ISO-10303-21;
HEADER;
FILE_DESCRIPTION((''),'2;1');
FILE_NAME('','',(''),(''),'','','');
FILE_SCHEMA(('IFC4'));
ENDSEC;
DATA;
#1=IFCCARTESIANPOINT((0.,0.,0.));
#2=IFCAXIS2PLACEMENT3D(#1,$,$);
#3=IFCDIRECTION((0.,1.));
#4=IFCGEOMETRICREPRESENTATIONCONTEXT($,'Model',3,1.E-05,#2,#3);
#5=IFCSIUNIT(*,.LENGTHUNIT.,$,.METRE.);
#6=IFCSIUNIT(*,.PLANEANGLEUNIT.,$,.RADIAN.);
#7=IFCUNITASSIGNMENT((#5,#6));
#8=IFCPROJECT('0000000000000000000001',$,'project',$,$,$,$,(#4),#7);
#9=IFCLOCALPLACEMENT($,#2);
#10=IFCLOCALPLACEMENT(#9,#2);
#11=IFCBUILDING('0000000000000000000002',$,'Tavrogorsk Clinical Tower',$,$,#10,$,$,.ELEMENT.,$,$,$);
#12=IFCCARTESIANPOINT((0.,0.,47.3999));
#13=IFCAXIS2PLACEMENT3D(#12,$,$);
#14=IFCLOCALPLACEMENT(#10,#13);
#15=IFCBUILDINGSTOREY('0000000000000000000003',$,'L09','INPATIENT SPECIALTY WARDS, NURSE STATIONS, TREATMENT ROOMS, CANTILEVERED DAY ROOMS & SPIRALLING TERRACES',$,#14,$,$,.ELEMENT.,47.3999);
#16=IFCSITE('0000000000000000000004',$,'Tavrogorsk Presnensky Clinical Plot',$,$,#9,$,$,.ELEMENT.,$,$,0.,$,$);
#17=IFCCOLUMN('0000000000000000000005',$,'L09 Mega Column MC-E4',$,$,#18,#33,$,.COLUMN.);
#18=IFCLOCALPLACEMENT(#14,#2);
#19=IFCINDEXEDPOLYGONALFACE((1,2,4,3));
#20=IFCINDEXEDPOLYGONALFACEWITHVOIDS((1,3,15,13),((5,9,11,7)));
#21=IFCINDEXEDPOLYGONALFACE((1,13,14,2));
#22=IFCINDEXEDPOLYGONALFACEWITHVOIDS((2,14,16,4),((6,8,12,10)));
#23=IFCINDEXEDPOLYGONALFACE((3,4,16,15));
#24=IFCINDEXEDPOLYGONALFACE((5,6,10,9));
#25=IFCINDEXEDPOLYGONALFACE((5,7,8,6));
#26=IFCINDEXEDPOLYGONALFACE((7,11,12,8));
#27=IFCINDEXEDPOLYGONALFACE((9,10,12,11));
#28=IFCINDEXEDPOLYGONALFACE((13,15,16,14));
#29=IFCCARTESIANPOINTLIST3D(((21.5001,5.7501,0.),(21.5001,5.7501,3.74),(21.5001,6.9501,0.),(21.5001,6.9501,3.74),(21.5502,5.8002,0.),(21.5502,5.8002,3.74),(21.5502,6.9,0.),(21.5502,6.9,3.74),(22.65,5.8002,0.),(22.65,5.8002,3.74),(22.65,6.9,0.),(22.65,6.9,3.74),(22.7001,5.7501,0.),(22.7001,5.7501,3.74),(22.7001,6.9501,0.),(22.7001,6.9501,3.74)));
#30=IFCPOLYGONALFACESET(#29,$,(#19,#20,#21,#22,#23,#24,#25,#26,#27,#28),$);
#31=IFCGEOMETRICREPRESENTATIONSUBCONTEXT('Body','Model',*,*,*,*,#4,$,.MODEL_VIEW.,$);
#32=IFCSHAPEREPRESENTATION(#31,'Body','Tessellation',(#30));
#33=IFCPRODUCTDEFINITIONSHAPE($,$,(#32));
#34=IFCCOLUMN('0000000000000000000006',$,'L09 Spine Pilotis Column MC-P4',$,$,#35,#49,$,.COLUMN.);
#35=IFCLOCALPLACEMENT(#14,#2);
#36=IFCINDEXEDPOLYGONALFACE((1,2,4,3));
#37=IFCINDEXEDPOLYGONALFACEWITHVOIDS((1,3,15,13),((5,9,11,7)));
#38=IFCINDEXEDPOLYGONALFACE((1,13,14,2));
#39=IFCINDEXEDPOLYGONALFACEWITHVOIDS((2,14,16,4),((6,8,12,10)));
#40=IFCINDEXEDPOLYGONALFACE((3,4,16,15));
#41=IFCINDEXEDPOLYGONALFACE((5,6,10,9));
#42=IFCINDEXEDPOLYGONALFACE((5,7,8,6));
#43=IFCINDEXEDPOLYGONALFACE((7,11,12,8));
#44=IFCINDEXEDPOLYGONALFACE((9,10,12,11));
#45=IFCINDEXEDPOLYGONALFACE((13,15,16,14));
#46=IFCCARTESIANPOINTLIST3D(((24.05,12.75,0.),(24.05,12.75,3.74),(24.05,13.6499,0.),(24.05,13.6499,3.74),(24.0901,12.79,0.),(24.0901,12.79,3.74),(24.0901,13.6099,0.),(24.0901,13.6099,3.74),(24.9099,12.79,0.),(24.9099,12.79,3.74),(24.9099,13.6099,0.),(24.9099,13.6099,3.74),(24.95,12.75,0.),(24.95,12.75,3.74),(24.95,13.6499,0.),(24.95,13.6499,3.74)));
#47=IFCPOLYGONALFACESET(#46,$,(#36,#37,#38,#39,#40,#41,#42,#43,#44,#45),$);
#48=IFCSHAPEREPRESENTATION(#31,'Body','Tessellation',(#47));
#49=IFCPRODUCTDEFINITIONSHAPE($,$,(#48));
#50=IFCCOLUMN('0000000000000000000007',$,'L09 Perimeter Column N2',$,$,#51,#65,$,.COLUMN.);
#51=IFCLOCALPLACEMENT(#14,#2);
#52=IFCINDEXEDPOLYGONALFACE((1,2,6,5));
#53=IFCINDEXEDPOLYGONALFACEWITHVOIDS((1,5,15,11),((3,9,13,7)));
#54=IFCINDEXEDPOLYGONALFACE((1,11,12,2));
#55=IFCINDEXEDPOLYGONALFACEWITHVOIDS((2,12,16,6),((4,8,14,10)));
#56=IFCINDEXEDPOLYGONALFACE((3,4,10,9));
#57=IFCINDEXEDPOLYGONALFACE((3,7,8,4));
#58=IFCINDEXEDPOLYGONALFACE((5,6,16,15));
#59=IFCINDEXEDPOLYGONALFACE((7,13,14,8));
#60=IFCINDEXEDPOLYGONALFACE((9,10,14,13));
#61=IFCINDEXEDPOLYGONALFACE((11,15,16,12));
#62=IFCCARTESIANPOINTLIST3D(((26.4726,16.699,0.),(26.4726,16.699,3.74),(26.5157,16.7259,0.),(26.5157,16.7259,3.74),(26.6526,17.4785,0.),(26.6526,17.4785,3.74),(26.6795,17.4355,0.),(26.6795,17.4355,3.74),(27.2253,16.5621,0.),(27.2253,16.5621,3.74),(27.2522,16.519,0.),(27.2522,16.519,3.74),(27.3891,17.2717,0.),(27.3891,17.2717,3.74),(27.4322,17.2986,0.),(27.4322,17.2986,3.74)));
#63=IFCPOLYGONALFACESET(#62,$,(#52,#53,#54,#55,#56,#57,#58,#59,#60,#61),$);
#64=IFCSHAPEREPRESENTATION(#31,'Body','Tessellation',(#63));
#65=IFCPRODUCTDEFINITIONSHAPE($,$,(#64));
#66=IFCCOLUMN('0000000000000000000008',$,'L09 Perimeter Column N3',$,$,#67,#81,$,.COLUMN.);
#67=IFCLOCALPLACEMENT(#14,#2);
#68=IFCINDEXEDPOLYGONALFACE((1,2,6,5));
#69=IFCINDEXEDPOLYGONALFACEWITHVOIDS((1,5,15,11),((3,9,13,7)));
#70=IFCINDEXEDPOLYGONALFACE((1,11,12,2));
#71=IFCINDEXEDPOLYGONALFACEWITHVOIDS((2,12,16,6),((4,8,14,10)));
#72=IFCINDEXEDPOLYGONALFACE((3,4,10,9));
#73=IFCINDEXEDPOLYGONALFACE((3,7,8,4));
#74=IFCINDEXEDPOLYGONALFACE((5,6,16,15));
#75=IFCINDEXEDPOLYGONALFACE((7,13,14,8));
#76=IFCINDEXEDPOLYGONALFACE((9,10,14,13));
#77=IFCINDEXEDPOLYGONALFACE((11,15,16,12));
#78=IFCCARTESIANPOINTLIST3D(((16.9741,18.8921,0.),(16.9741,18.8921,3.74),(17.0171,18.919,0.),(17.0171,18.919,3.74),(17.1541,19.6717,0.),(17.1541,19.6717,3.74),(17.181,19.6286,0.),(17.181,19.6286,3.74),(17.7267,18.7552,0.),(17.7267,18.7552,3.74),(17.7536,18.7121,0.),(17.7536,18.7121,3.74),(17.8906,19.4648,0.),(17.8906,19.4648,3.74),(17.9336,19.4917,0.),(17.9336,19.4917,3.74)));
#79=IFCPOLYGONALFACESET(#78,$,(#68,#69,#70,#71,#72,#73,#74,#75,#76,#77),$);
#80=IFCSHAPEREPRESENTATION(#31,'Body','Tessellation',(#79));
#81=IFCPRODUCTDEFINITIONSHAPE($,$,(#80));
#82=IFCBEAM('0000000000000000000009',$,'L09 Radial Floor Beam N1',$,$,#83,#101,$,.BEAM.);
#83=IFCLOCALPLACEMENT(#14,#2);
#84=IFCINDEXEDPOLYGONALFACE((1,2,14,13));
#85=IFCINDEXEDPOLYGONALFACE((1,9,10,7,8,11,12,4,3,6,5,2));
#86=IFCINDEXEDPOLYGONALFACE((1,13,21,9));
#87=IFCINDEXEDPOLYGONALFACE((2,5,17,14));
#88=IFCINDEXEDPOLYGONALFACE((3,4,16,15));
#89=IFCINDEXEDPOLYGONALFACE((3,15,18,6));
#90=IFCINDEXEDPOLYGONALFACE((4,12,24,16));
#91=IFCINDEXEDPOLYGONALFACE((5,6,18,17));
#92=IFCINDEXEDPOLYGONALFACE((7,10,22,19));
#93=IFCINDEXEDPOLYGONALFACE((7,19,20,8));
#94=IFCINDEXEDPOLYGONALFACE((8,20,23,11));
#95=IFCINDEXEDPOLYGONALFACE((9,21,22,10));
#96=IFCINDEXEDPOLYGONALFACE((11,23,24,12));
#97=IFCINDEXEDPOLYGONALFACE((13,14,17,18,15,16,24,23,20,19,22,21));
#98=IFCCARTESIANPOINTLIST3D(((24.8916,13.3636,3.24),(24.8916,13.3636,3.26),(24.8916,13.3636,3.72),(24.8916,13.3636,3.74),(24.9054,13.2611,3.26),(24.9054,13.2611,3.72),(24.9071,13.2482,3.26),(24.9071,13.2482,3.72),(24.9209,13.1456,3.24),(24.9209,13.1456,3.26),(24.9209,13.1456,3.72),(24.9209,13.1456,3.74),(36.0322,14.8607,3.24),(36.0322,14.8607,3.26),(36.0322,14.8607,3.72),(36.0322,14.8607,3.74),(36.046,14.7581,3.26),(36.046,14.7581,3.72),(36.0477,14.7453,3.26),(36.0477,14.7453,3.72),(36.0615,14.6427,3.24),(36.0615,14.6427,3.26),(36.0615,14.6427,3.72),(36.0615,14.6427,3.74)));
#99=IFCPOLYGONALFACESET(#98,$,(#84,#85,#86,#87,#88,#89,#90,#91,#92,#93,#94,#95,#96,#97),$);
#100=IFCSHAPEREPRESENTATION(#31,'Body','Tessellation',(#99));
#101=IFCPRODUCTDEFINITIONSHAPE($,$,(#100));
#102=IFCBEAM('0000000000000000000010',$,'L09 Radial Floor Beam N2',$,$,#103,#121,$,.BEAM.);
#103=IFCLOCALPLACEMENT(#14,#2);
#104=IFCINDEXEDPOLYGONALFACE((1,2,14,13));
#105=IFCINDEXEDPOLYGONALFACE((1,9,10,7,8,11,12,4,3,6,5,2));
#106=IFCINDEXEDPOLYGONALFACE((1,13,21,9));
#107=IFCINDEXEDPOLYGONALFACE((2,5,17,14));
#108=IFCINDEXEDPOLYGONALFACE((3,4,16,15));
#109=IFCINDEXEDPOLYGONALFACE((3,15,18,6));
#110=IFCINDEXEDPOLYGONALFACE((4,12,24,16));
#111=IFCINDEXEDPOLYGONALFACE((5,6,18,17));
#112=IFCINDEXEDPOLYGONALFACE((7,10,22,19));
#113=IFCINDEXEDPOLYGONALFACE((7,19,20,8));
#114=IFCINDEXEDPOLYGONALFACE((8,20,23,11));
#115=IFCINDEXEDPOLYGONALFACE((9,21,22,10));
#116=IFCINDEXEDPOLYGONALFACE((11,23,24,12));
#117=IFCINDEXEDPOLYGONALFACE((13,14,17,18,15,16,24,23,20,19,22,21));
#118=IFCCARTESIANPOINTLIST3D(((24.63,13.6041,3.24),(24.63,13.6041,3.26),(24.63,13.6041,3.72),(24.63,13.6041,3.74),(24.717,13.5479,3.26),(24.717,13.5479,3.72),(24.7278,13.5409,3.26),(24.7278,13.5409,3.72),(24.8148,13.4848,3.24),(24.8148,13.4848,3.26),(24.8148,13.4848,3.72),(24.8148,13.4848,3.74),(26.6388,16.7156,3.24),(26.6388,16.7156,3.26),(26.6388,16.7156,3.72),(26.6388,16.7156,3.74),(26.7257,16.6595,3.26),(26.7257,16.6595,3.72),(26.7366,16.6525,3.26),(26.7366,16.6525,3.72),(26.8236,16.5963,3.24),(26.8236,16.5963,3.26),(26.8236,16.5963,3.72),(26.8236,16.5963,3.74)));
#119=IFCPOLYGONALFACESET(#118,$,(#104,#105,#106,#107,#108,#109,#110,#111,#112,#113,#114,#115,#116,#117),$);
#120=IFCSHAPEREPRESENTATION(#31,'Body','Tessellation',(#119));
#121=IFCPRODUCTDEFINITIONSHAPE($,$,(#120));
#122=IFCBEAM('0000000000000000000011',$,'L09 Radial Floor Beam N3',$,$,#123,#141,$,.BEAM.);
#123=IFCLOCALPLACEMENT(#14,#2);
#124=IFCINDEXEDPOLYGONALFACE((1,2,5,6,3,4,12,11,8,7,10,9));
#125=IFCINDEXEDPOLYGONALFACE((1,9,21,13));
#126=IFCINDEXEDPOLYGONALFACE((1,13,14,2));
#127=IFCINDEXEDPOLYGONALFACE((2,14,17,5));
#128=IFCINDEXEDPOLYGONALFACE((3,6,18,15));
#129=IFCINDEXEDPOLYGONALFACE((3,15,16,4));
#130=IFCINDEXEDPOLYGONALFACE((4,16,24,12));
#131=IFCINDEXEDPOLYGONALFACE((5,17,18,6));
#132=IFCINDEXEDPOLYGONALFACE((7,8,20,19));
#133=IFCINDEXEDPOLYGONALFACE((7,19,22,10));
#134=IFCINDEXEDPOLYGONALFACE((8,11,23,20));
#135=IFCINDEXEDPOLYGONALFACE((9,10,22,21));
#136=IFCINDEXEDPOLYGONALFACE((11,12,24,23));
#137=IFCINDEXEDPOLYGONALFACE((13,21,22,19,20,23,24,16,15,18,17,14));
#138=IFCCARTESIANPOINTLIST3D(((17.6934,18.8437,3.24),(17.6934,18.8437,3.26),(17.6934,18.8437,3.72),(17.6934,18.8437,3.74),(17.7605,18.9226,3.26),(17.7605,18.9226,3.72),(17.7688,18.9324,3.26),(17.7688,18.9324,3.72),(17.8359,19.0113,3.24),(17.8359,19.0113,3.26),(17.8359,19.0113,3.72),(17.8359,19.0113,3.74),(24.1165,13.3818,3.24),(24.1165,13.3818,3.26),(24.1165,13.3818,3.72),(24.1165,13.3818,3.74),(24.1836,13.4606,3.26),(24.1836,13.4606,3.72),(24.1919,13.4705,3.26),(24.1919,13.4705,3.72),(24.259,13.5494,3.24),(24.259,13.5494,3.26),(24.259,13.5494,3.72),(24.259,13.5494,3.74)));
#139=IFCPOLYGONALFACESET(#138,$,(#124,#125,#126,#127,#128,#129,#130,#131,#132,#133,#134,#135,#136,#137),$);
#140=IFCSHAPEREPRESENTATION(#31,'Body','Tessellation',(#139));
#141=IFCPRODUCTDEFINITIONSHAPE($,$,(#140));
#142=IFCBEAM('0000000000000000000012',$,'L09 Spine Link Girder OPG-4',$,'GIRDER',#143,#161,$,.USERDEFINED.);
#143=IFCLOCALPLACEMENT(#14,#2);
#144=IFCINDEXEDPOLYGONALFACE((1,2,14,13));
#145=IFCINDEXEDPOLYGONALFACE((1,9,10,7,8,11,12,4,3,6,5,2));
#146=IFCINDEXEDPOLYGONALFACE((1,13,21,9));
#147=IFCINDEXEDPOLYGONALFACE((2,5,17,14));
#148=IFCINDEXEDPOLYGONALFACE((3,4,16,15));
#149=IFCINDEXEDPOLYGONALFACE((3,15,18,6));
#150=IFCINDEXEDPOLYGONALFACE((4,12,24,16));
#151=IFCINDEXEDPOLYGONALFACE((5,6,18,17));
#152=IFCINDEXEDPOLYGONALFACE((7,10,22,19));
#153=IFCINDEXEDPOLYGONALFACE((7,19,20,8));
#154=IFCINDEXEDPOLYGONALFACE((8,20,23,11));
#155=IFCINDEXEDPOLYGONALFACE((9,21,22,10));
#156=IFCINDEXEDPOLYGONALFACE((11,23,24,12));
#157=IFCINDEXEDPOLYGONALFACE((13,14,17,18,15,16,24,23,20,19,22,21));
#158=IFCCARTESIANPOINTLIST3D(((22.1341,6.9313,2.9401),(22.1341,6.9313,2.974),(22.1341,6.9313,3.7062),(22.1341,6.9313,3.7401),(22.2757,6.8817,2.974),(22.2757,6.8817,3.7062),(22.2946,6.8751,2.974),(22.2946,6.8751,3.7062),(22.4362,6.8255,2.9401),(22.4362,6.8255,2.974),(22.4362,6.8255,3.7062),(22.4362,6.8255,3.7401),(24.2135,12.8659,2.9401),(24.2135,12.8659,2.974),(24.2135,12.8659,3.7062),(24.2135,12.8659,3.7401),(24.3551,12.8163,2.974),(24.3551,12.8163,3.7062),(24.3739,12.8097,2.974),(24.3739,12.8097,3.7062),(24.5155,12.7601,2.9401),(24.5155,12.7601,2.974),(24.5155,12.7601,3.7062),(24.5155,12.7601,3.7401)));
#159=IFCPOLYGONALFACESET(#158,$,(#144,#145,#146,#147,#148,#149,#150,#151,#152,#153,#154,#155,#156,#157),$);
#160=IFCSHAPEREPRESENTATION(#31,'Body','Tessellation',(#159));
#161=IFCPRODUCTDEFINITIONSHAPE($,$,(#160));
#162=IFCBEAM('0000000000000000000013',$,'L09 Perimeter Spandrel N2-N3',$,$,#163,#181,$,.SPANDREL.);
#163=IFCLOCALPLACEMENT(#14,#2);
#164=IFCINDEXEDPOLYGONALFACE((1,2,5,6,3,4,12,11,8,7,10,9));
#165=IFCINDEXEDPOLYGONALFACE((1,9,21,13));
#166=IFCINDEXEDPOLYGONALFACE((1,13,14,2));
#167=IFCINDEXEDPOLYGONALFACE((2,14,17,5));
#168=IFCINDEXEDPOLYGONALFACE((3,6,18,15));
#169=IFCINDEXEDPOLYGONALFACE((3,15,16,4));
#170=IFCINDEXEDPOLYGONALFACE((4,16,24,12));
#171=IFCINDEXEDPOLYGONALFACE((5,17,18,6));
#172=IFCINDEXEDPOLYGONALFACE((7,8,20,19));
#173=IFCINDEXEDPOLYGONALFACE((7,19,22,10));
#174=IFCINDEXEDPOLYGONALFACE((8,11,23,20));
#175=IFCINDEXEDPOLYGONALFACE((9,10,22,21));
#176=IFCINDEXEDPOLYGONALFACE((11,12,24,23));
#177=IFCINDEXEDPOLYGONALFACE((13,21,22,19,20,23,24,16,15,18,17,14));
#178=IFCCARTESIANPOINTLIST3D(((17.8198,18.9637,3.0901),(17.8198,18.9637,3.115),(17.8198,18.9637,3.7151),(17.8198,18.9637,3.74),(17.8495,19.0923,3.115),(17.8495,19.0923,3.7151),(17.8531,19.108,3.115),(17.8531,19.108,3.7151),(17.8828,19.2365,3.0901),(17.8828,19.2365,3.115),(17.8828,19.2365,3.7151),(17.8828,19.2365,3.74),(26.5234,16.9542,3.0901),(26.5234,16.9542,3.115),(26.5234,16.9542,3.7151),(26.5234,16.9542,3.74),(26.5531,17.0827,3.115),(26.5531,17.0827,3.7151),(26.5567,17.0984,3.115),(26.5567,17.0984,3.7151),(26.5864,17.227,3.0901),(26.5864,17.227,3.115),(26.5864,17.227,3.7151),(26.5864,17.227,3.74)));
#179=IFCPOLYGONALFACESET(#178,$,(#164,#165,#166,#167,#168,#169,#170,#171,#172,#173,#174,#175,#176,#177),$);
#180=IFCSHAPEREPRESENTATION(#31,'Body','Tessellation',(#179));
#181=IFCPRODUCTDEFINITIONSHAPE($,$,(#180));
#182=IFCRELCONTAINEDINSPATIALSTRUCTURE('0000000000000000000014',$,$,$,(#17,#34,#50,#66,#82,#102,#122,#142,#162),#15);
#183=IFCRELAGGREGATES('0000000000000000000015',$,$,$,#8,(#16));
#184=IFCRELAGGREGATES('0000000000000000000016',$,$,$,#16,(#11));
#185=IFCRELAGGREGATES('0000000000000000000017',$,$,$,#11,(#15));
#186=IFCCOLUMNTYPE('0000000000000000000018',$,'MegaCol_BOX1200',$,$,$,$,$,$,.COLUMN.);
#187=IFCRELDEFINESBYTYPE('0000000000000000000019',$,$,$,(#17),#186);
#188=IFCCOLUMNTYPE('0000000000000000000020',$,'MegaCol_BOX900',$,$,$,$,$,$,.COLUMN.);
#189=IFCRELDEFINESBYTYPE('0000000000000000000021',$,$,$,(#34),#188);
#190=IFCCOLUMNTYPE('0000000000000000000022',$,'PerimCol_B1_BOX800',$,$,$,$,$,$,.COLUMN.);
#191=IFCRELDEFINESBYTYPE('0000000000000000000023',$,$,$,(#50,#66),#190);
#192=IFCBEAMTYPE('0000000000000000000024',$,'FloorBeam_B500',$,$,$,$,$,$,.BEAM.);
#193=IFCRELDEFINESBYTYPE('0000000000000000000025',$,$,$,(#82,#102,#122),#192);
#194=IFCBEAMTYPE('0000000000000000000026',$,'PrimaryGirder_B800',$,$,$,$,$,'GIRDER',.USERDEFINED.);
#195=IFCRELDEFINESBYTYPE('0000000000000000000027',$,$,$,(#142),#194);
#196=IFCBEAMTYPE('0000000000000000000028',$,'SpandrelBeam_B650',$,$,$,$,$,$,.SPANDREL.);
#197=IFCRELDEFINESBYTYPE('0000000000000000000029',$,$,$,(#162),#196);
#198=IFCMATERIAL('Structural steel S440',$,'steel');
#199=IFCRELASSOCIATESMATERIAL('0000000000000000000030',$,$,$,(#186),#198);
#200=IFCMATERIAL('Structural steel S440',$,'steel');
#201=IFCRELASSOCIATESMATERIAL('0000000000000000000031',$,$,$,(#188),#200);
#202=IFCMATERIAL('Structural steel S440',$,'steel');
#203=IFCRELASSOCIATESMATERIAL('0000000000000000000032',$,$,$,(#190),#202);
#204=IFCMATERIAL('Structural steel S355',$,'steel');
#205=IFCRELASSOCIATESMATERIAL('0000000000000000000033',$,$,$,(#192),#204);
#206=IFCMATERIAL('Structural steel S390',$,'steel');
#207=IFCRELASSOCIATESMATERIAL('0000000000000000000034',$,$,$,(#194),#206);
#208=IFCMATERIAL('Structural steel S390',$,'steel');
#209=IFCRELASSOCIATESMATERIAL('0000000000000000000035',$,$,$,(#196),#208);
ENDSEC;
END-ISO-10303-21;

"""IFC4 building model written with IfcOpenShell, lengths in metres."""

from ifc_helpers import new_model, si_unit, direction, frame, origin, origin_2d, place, context, subcontext, project, spatial, hollow_rectangle, i_section, extrude, material, material_profile, profile_set, type_object, element, save


model = new_model("IFC4")

# Units and contexts
model_context = context("Model", 3, precision=1e-05, world=origin(), true_north=direction((0.0, 1.0)))
body_context = subcontext(model_context, "Body", "Model", "MODEL_VIEW")
ifc_project = project(units=[si_unit("LENGTHUNIT", "METRE"), si_unit("PLANEANGLEUNIT", "RADIAN")], contexts=[model_context])

# Site, building, storey
site_placement = place(None, origin())
site = spatial("IfcSite", under=ifc_project, at=site_placement, Name="Tavrogorsk Presnensky Clinical Plot", CompositionType="ELEMENT", RefElevation=0.0)
building_placement = place(site_placement, origin())
building = spatial("IfcBuilding", under=site, at=building_placement, Name="Tavrogorsk Clinical Tower", CompositionType="ELEMENT")
storey_placement = place(building_placement, frame((0.0, 0.0, 47.3999)))
storey = spatial("IfcBuildingStorey", under=building, at=storey_placement, Name="L09", Description="INPATIENT SPECIALTY WARDS, NURSE STATIONS, TREATMENT ROOMS, CANTILEVERED DAY ROOMS & SPIRALLING TERRACES", CompositionType="ELEMENT", Elevation=47.3999)

# Columns
ifc_material_1 = material(Name="Structural steel S440", Category="steel")
ifc_material_profile_1 = material_profile(ifc_material_1, hollow_rectangle(XDim=1.2, YDim=1.2, WallThickness=0.05, at=origin_2d()), Name="BOX-1200x1200x50")
ifc_profile_set_1 = profile_set([ifc_material_profile_1], Name="Structural steel S440")
column_type_1 = type_object("IfcColumnType", Name="MegaCol_BOX1200", PredefinedType="COLUMN", material=ifc_profile_set_1)
column_1_placement = place(storey_placement, frame((22.1001, 6.3501, 0.0), z_axis=(0.0, 0.0, 1.0), x_axis=(1.0, 0.0, 0.0)))
element("IfcColumn", 1, at=column_1_placement, inside=storey, type_object=column_type_1, Name="L09 Mega Column MC-E4", PredefinedType="COLUMN", context=body_context, shape_type="SweptSolid", body=[
    extrude(hollow_rectangle(XDim=1.2, YDim=1.2, WallThickness=0.05, at=origin_2d()), origin(), (0.0, 0.0, 1.0), 3.74),
])
ifc_material_2 = material(Name="Structural steel S440", Category="steel")
ifc_material_profile_2 = material_profile(ifc_material_2, hollow_rectangle(XDim=0.8999, YDim=0.8999, WallThickness=0.04, at=origin_2d()), Name="BOX-900x900x40")
ifc_profile_set_2 = profile_set([ifc_material_profile_2], Name="Structural steel S440")
column_type_2 = type_object("IfcColumnType", Name="MegaCol_BOX900", PredefinedType="COLUMN", material=ifc_profile_set_2)
column_2_placement = place(storey_placement, frame((24.5, 13.2, 0.0), z_axis=(0.0, 0.0, 1.0), x_axis=(1.0, 0.0, 0.0)))
element("IfcColumn", 2, at=column_2_placement, inside=storey, type_object=column_type_2, Name="L09 Spine Pilotis Column MC-P4", PredefinedType="COLUMN", context=body_context, shape_type="SweptSolid", body=[
    extrude(hollow_rectangle(XDim=0.8999, YDim=0.8999, WallThickness=0.04, at=origin_2d()), origin(), (0.0, 0.0, 1.0), 3.74),
])
ifc_material_3 = material(Name="Structural steel S440", Category="steel")
ifc_material_profile_3 = material_profile(ifc_material_3, hollow_rectangle(XDim=0.8, YDim=0.8, WallThickness=0.0359, at=origin_2d()), Name="BOX-800x800x36")
ifc_profile_set_3 = profile_set([ifc_material_profile_3], Name="Structural steel S440")
column_type_3 = type_object("IfcColumnType", Name="PerimCol_B1_BOX800", PredefinedType="COLUMN", material=ifc_profile_set_3)
for number, where, z_axis, x_axis, name in (
    (3, (26.9524, 16.9988, 0.0), (0.0, 0.0, 1.0), (0.97437, -0.224951, 0.0), "L09 Perimeter Column N2"),
    (4, (17.4539, 19.1919, 0.0), (0.0, 0.0, 1.0), (0.97437, -0.224951, 0.0), "L09 Perimeter Column N3"),
):
    element("IfcColumn", number, at=place(storey_placement, frame(where, z_axis=z_axis, x_axis=x_axis)), inside=storey, type_object=column_type_3, Name=name, PredefinedType="COLUMN", context=body_context, shape_type="SweptSolid", body=[
        extrude(hollow_rectangle(XDim=0.8, YDim=0.8, WallThickness=0.0359, at=origin_2d()), origin(), (0.0, 0.0, 1.0), 3.74),
    ])

# Beams
ifc_material_4 = material(Name="Structural steel S355", Category="steel")
ifc_material_profile_4 = material_profile(ifc_material_4, i_section(OverallWidth=0.22, OverallDepth=0.5, WebThickness=0.0129, FlangeThickness=0.02, at=origin_2d()), Name="B-500x220x13x20")
ifc_profile_set_4 = profile_set([ifc_material_profile_4], Name="Structural steel S355")
beam_type_1 = type_object("IfcBeamType", Name="FloorBeam_B500", PredefinedType="BEAM", material=ifc_profile_set_4)
beam_1_placement = place(storey_placement, frame((24.9062, 13.2546, 3.49), z_axis=(0.991092, 0.133182, 0.0), x_axis=(-0.133182, 0.991092, 0.0)))
element("IfcBeam", 5, at=beam_1_placement, inside=storey, type_object=beam_type_1, Name="L09 Radial Floor Beam N1", PredefinedType="BEAM", context=body_context, shape_type="SweptSolid", body=[
    extrude(i_section(OverallWidth=0.22, OverallDepth=0.5, WebThickness=0.0129, FlangeThickness=0.02, at=origin_2d()), origin(), (0.0, 0.0, 1.0), 11.2407),
])
beam_2_placement = place(storey_placement, frame((24.7224, 13.5444, 3.49), z_axis=(0.542379, 0.840134, 0.0), x_axis=(-0.840134, 0.542379, 0.0)))
element("IfcBeam", 6, at=beam_2_placement, inside=storey, type_object=beam_type_1, Name="L09 Radial Floor Beam N2", PredefinedType="BEAM", context=body_context, shape_type="SweptSolid", body=[
    extrude(i_section(OverallWidth=0.22, OverallDepth=0.5, WebThickness=0.0129, FlangeThickness=0.02, at=origin_2d()), origin(), (0.0, 0.0, 1.0), 3.7036),
])
beam_3_placement = place(storey_placement, frame((24.1877, 13.4656, 3.49), z_axis=(-0.761806, 0.647806, 0.0), x_axis=(-0.647806, -0.761806, 0.0)))
element("IfcBeam", 7, at=beam_3_placement, inside=storey, type_object=beam_type_1, Name="L09 Radial Floor Beam N3", PredefinedType="BEAM", context=body_context, shape_type="SweptSolid", body=[
    extrude(i_section(OverallWidth=0.22, OverallDepth=0.5, WebThickness=0.0129, FlangeThickness=0.02, at=origin_2d()), origin(), (0.0, 0.0, 1.0), 8.4314),
])
ifc_material_5 = material(Name="Structural steel S390", Category="steel")
ifc_material_profile_5 = material_profile(ifc_material_5, i_section(OverallWidth=0.3201, OverallDepth=0.8, WebThickness=0.02, FlangeThickness=0.0339, at=origin_2d()), Name="B-800x320x20x34")
ifc_profile_set_5 = profile_set([ifc_material_profile_5], Name="Structural steel S390")
beam_type_2 = type_object("IfcBeamType", Name="PrimaryGirder_B800", ElementType="GIRDER", PredefinedType="USERDEFINED", material=ifc_profile_set_5)
beam_4_placement = place(storey_placement, frame((24.3645, 12.813, 3.3401), z_axis=(-0.330669, -0.943747, 0.0), x_axis=(0.943747, -0.330669, 0.0)))
element("IfcBeam", 8, at=beam_4_placement, inside=storey, type_object=beam_type_2, Name="L09 Spine Link Girder OPG-4", ObjectType="GIRDER", PredefinedType="USERDEFINED", context=body_context, shape_type="SweptSolid", body=[
    extrude(i_section(OverallWidth=0.3201, OverallDepth=0.8, WebThickness=0.02, FlangeThickness=0.0339, at=origin_2d()), origin(), (0.0, 0.0, 1.0), 6.2883),
])
ifc_material_6 = material(Name="Structural steel S390", Category="steel")
ifc_material_profile_6 = material_profile(ifc_material_6, i_section(OverallWidth=0.28, OverallDepth=0.6499, WebThickness=0.0161, FlangeThickness=0.0249, at=origin_2d()), Name="B-650x280x16x25")
ifc_profile_set_6 = profile_set([ifc_material_profile_6], Name="Structural steel S390")
beam_type_3 = type_object("IfcBeamType", Name="SpandrelBeam_B650", PredefinedType="SPANDREL", material=ifc_profile_set_6)
for number, where, z_axis, x_axis, name in (
    (9, (26.5549, 17.0906, 3.415), (-0.974367, 0.224965, 0.0), (-0.224965, -0.974367, 0.0), "L09 Perimeter Spandrel N2-N3"),
):
    element("IfcBeam", number, at=place(storey_placement, frame(where, z_axis=z_axis, x_axis=x_axis)), inside=storey, type_object=beam_type_3, Name=name, PredefinedType="SPANDREL", context=body_context, shape_type="SweptSolid", body=[
        extrude(i_section(OverallWidth=0.28, OverallDepth=0.6499, WebThickness=0.0161, FlangeThickness=0.0249, at=origin_2d()), origin(), (0.0, 0.0, 1.0), 8.9326),
    ])

save(model, "model.ifc")
